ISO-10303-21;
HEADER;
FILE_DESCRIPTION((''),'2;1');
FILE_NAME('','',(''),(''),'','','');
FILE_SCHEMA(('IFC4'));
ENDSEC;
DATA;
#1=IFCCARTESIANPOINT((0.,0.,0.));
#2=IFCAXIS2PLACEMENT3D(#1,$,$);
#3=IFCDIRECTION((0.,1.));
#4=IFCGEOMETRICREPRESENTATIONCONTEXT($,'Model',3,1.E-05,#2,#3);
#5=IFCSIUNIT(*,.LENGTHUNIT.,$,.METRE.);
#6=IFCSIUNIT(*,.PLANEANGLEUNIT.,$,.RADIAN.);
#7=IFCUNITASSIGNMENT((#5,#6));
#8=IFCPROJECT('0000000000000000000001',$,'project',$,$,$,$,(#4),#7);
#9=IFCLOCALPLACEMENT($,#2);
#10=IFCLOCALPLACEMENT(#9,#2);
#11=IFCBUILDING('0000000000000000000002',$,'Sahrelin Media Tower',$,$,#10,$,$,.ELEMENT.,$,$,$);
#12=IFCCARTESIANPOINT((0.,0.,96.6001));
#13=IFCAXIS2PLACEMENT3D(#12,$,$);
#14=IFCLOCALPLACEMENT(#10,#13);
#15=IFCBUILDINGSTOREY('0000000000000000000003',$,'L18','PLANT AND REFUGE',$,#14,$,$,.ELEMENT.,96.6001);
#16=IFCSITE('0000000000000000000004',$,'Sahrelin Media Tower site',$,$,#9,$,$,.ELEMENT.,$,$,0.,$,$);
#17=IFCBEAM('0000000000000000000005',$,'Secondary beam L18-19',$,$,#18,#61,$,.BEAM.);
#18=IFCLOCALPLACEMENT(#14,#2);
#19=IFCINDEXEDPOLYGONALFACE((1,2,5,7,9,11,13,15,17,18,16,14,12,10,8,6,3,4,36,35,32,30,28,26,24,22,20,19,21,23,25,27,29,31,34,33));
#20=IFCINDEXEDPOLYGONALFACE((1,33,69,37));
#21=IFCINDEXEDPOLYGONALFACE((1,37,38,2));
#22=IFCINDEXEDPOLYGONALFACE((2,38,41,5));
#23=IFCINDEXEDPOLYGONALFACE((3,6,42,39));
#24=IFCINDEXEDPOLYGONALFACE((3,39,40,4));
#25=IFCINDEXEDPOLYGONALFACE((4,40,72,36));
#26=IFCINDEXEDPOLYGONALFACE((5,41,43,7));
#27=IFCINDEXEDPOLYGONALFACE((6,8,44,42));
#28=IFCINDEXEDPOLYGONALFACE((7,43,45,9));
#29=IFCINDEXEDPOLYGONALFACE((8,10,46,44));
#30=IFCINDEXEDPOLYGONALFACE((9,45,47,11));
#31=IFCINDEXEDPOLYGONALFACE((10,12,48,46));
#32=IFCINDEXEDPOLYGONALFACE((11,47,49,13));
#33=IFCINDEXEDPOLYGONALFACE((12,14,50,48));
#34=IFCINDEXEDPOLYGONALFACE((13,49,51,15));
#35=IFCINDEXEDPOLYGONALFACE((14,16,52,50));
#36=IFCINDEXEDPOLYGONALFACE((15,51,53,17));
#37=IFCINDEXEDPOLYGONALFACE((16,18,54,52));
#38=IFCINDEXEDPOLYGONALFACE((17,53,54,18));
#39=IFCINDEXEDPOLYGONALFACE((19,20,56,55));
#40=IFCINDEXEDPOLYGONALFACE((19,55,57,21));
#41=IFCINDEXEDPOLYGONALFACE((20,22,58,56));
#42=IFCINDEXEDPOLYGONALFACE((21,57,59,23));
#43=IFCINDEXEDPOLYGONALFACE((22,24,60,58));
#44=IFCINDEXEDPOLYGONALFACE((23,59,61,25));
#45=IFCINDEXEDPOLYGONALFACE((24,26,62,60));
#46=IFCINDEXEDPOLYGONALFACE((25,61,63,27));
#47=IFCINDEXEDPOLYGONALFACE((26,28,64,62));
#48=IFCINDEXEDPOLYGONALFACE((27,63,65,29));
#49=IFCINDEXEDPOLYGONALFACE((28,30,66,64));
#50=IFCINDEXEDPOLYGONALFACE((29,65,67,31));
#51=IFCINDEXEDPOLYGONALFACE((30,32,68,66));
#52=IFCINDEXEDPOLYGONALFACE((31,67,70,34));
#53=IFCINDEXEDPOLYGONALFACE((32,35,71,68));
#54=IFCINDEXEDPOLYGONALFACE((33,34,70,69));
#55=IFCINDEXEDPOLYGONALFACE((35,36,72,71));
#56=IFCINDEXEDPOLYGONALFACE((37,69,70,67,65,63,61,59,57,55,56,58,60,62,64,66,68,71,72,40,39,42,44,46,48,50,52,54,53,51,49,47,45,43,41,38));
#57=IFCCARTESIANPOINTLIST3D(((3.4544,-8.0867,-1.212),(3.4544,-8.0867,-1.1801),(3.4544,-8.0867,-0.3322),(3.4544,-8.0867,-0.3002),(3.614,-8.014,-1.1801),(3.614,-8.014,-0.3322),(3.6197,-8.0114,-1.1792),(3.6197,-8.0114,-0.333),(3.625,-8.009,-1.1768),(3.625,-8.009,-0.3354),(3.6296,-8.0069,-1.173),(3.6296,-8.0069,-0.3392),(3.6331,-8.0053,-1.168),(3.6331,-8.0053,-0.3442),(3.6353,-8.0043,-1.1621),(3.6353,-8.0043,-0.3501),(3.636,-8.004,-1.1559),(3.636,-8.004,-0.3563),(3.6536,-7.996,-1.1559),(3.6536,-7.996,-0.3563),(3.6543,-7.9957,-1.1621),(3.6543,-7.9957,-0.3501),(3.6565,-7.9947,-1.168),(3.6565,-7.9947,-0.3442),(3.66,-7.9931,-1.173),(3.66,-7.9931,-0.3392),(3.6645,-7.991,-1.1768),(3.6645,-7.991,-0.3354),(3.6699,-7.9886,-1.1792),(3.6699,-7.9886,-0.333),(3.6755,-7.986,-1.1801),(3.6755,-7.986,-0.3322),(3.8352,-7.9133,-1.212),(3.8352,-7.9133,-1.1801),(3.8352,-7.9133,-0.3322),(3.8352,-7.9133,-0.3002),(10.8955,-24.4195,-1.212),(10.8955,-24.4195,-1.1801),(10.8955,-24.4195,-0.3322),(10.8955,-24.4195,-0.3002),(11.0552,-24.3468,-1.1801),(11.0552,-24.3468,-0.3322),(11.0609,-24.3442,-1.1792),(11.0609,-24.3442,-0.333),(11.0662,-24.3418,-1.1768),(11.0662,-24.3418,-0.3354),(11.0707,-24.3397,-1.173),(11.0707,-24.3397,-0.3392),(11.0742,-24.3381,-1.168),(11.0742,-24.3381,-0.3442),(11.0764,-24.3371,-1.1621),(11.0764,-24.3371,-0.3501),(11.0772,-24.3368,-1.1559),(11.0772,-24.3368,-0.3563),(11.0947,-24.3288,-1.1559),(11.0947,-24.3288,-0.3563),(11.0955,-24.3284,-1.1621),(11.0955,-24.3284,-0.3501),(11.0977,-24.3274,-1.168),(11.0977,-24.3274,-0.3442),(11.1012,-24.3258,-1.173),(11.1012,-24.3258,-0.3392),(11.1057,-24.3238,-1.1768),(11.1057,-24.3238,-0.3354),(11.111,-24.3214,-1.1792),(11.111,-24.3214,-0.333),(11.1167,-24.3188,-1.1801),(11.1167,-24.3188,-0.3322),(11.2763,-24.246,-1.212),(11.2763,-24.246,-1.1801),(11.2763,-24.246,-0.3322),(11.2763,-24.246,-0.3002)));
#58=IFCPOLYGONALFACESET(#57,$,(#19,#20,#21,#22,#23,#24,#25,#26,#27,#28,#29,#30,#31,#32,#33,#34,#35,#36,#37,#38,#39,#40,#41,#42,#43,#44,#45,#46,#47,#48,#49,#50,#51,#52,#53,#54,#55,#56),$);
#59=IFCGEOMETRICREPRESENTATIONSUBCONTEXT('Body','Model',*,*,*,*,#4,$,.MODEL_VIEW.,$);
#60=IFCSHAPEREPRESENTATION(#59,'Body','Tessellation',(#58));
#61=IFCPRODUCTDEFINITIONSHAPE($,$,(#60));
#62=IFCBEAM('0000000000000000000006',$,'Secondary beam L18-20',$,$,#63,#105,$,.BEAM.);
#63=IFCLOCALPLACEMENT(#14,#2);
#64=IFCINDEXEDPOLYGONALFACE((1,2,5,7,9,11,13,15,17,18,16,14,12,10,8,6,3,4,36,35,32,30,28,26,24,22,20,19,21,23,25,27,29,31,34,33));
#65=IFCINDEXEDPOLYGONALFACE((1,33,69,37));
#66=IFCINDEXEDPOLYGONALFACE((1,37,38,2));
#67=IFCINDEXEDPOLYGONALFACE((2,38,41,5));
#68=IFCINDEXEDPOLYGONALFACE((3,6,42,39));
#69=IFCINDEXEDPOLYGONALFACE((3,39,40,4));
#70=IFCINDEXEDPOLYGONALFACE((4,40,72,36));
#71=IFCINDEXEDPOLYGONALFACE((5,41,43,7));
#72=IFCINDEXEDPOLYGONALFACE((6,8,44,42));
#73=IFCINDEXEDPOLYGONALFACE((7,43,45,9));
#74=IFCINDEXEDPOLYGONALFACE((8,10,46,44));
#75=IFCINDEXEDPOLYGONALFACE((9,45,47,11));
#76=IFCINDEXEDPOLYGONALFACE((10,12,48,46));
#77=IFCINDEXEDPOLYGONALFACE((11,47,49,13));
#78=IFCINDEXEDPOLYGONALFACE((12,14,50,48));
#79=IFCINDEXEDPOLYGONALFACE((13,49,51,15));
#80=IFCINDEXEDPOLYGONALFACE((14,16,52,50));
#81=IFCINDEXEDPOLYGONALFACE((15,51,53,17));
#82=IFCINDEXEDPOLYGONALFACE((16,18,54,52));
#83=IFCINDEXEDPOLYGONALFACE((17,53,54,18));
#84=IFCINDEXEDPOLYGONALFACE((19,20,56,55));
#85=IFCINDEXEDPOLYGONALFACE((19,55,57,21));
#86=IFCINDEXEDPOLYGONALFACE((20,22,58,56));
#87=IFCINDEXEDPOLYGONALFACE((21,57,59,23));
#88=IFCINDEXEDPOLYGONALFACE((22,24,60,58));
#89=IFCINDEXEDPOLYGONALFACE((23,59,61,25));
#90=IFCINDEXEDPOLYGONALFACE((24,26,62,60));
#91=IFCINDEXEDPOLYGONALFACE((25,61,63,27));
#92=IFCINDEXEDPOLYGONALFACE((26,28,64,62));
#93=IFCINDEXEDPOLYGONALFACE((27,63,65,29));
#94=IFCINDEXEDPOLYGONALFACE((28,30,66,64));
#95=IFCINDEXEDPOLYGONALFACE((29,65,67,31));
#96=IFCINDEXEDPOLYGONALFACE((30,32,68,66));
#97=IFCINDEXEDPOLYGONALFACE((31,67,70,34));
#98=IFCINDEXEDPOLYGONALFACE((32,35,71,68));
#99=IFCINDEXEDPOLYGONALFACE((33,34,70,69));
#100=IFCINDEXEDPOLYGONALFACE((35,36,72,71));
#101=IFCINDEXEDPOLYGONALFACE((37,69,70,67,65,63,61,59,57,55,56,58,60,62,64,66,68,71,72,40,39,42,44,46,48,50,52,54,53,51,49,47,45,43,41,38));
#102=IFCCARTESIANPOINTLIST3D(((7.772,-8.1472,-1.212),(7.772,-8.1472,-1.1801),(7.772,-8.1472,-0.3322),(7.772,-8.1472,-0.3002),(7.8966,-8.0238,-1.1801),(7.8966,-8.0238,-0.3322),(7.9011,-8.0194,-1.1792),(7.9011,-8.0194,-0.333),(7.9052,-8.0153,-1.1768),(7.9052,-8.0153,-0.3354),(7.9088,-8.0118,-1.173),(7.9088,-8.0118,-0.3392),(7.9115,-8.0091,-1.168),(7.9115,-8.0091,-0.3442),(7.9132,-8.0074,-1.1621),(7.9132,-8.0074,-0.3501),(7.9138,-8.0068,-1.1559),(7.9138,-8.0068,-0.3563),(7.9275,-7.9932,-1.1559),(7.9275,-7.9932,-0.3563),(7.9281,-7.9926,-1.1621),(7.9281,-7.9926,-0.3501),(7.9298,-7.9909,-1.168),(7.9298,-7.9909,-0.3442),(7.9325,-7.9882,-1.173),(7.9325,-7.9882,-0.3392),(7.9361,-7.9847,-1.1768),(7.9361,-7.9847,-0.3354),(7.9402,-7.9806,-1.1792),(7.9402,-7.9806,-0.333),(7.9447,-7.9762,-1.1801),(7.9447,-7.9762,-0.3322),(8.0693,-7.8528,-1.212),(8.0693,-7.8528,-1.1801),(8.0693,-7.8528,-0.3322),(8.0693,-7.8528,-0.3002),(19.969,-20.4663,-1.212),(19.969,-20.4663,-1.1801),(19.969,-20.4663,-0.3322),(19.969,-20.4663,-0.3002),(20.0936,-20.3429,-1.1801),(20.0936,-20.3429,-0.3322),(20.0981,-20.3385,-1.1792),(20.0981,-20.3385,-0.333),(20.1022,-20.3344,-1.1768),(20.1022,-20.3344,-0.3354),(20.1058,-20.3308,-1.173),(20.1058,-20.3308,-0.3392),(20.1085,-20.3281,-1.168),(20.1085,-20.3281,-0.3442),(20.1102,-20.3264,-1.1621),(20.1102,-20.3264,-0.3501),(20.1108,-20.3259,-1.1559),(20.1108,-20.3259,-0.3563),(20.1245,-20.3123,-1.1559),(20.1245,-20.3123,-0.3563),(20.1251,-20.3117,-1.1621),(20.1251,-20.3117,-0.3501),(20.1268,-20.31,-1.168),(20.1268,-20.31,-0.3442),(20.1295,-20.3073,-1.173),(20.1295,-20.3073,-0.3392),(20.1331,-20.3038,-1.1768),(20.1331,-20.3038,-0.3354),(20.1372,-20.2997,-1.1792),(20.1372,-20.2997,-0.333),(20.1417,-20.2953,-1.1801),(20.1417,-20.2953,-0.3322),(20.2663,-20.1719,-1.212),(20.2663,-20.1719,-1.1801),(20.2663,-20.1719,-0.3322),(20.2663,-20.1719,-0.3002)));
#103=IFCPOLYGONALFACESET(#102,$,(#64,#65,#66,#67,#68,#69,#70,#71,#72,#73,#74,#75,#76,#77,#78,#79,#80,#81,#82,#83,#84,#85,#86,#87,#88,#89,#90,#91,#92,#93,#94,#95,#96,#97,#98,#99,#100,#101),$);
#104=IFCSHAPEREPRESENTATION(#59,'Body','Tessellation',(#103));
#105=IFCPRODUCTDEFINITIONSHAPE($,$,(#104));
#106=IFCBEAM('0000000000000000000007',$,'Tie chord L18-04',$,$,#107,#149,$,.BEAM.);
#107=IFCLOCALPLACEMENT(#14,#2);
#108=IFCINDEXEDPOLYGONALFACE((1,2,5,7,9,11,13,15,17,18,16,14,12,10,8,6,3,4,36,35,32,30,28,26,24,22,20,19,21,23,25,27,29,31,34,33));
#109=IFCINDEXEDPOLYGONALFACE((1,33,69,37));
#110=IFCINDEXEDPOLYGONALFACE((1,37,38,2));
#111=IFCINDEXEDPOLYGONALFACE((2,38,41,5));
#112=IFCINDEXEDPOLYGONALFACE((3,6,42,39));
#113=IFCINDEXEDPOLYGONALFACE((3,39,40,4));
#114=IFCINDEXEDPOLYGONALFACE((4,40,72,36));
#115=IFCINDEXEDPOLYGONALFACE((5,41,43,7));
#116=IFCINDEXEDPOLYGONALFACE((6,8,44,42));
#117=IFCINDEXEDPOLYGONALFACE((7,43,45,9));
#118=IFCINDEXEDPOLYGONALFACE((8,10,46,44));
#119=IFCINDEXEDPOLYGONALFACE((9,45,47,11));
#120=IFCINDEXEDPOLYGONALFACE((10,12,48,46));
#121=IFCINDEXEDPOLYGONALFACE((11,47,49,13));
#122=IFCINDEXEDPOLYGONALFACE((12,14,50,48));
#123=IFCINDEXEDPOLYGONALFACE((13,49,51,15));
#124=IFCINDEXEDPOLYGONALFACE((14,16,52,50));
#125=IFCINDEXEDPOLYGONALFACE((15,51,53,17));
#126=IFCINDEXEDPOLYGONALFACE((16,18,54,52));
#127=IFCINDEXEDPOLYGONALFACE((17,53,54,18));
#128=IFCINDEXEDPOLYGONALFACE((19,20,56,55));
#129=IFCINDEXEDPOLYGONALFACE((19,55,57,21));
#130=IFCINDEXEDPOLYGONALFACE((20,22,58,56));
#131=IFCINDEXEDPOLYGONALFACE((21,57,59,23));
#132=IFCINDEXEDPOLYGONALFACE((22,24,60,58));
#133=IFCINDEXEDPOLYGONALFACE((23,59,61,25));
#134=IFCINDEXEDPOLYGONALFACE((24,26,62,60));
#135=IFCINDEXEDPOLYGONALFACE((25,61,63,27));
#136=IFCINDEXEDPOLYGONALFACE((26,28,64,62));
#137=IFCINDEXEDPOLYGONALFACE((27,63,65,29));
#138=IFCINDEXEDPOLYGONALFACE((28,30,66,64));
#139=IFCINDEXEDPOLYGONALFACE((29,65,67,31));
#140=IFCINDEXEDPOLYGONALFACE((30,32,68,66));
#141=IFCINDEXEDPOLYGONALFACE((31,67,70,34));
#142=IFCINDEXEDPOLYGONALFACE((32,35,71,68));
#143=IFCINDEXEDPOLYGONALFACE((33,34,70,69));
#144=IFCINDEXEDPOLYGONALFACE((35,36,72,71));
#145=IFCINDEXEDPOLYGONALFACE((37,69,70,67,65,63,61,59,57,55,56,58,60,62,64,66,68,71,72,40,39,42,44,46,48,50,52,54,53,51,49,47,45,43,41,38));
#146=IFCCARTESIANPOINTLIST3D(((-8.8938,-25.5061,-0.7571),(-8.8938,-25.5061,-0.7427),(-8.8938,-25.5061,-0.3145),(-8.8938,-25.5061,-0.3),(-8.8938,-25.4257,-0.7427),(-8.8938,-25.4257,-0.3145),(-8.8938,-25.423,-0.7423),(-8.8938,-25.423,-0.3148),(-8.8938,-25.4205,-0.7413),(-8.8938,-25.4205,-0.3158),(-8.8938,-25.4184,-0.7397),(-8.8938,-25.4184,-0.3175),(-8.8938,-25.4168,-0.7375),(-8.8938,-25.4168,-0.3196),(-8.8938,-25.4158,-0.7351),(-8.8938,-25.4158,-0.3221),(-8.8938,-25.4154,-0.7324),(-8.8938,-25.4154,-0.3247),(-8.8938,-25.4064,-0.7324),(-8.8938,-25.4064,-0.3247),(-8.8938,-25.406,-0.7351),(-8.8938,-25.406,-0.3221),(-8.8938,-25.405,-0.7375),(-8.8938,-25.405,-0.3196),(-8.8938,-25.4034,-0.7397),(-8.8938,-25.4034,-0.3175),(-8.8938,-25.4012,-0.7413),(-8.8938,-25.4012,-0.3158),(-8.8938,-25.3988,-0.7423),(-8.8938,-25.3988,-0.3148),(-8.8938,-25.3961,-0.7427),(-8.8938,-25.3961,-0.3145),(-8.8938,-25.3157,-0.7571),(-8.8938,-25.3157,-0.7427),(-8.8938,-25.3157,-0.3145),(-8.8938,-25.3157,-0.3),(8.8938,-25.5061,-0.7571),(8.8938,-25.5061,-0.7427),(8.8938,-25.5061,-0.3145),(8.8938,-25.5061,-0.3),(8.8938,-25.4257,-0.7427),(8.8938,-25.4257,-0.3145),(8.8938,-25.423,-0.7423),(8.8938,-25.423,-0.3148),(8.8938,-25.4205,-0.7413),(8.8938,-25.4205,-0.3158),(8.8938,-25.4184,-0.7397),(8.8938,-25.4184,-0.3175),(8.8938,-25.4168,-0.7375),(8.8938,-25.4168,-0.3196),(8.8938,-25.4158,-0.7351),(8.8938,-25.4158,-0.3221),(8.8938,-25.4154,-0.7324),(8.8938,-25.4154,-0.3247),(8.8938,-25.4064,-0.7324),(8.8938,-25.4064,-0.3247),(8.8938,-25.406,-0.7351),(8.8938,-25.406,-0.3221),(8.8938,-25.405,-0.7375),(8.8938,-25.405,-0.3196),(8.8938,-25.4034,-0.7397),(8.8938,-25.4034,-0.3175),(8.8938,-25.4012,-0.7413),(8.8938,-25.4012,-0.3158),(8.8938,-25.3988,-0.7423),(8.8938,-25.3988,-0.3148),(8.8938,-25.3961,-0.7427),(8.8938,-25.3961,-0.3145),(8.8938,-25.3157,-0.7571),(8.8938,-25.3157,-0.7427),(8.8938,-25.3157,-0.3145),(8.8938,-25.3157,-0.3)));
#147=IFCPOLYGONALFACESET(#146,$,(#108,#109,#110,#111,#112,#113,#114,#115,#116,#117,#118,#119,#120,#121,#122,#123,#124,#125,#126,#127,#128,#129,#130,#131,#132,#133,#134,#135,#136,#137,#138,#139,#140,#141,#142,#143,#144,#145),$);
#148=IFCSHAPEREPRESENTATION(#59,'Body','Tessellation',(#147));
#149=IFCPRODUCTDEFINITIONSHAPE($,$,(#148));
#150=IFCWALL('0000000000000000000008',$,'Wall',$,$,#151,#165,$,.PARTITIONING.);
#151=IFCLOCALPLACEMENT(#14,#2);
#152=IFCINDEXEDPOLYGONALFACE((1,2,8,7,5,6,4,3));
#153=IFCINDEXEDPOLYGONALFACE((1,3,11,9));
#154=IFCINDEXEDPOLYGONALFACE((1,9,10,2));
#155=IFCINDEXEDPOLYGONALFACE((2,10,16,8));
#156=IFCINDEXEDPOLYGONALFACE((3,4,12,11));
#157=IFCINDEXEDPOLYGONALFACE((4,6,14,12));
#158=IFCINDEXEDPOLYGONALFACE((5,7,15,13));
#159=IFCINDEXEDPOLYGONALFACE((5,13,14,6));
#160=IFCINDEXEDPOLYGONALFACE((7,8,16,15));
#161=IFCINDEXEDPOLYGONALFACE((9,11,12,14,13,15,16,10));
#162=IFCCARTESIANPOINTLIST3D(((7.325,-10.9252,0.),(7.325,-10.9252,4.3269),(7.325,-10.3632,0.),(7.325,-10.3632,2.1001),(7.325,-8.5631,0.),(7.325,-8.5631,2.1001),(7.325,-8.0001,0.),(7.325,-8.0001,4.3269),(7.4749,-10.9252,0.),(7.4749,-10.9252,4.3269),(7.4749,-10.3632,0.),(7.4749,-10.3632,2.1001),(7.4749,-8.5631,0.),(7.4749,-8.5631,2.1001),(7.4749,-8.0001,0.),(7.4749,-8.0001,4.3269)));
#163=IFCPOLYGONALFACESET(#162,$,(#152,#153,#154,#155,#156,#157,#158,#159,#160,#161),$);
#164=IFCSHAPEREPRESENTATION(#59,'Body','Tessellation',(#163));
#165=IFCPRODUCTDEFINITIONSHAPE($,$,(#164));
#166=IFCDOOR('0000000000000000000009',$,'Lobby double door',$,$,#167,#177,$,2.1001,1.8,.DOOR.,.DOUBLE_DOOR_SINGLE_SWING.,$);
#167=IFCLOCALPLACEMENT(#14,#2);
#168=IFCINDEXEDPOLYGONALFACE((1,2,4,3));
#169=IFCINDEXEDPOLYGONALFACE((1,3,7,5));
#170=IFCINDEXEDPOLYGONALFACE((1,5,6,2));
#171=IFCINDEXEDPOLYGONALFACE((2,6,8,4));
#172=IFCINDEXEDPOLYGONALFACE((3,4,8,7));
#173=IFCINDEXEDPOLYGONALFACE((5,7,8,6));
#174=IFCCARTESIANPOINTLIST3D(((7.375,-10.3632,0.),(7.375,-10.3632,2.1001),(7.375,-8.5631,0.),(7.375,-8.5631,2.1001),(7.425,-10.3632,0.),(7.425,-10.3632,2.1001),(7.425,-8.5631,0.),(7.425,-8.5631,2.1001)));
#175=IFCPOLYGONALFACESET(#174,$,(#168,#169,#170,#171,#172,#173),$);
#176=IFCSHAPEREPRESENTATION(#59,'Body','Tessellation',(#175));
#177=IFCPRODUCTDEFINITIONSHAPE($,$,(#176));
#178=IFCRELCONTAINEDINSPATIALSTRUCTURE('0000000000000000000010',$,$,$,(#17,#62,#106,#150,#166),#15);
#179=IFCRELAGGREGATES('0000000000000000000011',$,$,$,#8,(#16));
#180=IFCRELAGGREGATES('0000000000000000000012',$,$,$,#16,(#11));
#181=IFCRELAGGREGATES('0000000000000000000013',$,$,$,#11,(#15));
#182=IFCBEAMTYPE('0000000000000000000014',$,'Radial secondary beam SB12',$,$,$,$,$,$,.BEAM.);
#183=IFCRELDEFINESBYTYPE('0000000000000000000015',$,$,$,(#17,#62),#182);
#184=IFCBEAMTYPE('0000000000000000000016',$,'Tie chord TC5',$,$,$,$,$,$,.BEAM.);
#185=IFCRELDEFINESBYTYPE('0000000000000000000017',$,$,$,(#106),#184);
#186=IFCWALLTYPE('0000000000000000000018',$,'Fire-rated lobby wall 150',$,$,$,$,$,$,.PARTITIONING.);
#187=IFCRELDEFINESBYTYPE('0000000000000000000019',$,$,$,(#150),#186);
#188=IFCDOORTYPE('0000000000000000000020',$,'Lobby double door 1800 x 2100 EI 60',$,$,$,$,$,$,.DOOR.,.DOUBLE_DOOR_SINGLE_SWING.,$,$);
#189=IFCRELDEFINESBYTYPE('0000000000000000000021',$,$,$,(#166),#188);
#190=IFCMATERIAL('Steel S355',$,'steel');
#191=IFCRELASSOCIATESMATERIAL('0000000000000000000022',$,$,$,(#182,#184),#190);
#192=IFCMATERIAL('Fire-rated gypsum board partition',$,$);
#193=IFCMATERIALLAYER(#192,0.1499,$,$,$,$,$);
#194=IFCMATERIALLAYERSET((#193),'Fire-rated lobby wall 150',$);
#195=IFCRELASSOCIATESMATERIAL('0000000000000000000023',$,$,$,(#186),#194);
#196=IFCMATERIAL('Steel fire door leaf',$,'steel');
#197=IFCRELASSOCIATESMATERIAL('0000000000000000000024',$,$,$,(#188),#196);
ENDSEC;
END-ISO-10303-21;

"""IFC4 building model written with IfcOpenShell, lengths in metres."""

from ifc_helpers import new_model, si_unit, direction, frame, frame_2d, origin, origin_2d, place, context, subcontext, project, spatial, rectangle, i_section, extrude, material, layer, layer_set, material_profile, profile_set, type_object, element, fill, save


model = new_model("IFC4")

# Units and contexts
model_context = context("Model", 3, precision=1e-05, world=origin(), true_north=direction((0.0, 1.0)))
body_context = subcontext(model_context, "Body", "Model", "MODEL_VIEW")
ifc_project = project(units=[si_unit("LENGTHUNIT", "METRE"), si_unit("PLANEANGLEUNIT", "RADIAN")], contexts=[model_context])

# Site, building, storey
site_placement = place(None, origin())
site = spatial("IfcSite", under=ifc_project, at=site_placement, Name="Sahrelin Media Tower site", CompositionType="ELEMENT", RefElevation=0.0)
building_placement = place(site_placement, origin())
building = spatial("IfcBuilding", under=site, at=building_placement, Name="Sahrelin Media Tower", CompositionType="ELEMENT")
storey_placement = place(building_placement, frame((0.0, 0.0, 96.6001)))
storey = spatial("IfcBuildingStorey", under=building, at=storey_placement, Name="L18", Description="PLANT AND REFUGE", CompositionType="ELEMENT", Elevation=96.6001)

# Beams
ifc_material_1 = material(Name="Steel S355", Category="steel")
ifc_material_profile_1 = material_profile(ifc_material_1, i_section(OverallWidth=0.4185, OverallDepth=0.9119, WebThickness=0.0193, FlangeThickness=0.032, FilletRadius=0.0242, at=origin_2d()), Name="UB 914x419x343")
ifc_profile_set_1 = profile_set([ifc_material_profile_1], Name="Steel S355")
beam_type_1 = type_object("IfcBeamType", Name="Radial secondary beam SB12", PredefinedType="BEAM", material=ifc_profile_set_1)
beam_1_placement = place(storey_placement, frame((3.6448, -8.0, -0.7561), z_axis=(0.414596, -0.910006, 0.0), x_axis=(0.910006, 0.414596, 0.0)))
element("IfcBeam", 1, at=beam_1_placement, inside=storey, type_object=beam_type_1, Name="Secondary beam L18-19", PredefinedType="BEAM", context=body_context, shape_type="SweptSolid", body=[
    extrude(i_section(OverallWidth=0.4185, OverallDepth=0.9119, WebThickness=0.0193, FlangeThickness=0.032, FilletRadius=0.0242, at=origin_2d()), origin(), (0.0, 0.0, 1.0), 17.948),
])
beam_2_placement = place(storey_placement, frame((7.9207, -8.0, -0.7561), z_axis=(0.703577, -0.710619, 0.0), x_axis=(0.710619, 0.703577, 0.0)))
element("IfcBeam", 2, at=beam_2_placement, inside=storey, type_object=beam_type_1, Name="Secondary beam L18-20", PredefinedType="BEAM", context=body_context, shape_type="SweptSolid", body=[
    extrude(i_section(OverallWidth=0.4185, OverallDepth=0.9119, WebThickness=0.0193, FlangeThickness=0.032, FilletRadius=0.0242, at=origin_2d()), origin(), (0.0, 0.0, 1.0), 17.3357),
])
ifc_material_profile_2 = material_profile(ifc_material_1, i_section(OverallWidth=0.1904, OverallDepth=0.457, WebThickness=0.009, FlangeThickness=0.0144, FilletRadius=0.0103, at=origin_2d()), Name="UB 457x191x74")
ifc_profile_set_2 = profile_set([ifc_material_profile_2], Name="Steel S355")
beam_type_2 = type_object("IfcBeamType", Name="Tie chord TC5", PredefinedType="BEAM", material=ifc_profile_set_2)
beam_3_placement = place(storey_placement, frame((8.8938, -25.4109, -0.5286), z_axis=(-1.0, 0.0, 0.0), x_axis=(0.0, -1.0, 0.0)))
element("IfcBeam", 3, at=beam_3_placement, inside=storey, type_object=beam_type_2, Name="Tie chord L18-04", PredefinedType="BEAM", context=body_context, shape_type="SweptSolid", body=[
    extrude(i_section(OverallWidth=0.1904, OverallDepth=0.457, WebThickness=0.009, FlangeThickness=0.0144, FilletRadius=0.0103, at=origin_2d()), origin(), (0.0, 0.0, 1.0), 17.7876),
])

# Wall, opening, door
ifc_material_2 = material(Name="Fire-rated gypsum board partition")
ifc_layer_1 = layer(ifc_material_2, 0.1499)
ifc_layer_set_1 = layer_set([ifc_layer_1], Name="Fire-rated lobby wall 150")
wall_type_1 = type_object("IfcWallType", Name="Fire-rated lobby wall 150", PredefinedType="PARTITIONING", material=ifc_layer_set_1)
wall_1_placement = place(storey_placement, frame((7.3999, -10.925, 0.0), z_axis=(0.0, 0.0, 1.0), x_axis=(0.0, 1.0, 0.0)))
wall_1 = element("IfcWall", 4, at=wall_1_placement, inside=storey, type_object=wall_type_1, Name="Wall", PredefinedType="PARTITIONING", context=body_context, shape_type="SweptSolid", body=[
    extrude(rectangle(XDim=2.925, YDim=0.1499, at=frame_2d((1.4624, 0.0))), origin(), (0.0, 0.0, 1.0), 4.3269),
])
opening_1_placement = place(wall_1_placement, frame((0.562, 0.0, 0.0)))
opening_1 = element("IfcOpeningElement", 5, at=opening_1_placement, cuts=wall_1, PredefinedType="OPENING", context=body_context, shape_type="SweptSolid", body=[
    extrude(rectangle(XDim=1.8, YDim=2.1001, at=frame_2d((0.8999, 1.05))), frame((0.0, 0.075, 0.0), z_axis=(0.0, -1.0, 0.0), x_axis=(1.0, 0.0, 0.0)), (0.0, 0.0, 1.0), 0.1499),
])
ifc_material_3 = material(Name="Steel fire door leaf", Category="steel")
door_type_1 = type_object("IfcDoorType", Name="Lobby double door 1800 x 2100 EI 60", OperationType="DOUBLE_DOOR_SINGLE_SWING", PredefinedType="DOOR", material=ifc_material_3)
door_1_placement = place(opening_1_placement, origin())
door_1 = element("IfcDoor", 6, at=door_1_placement, inside=storey, type_object=door_type_1, Name="Lobby double door", OperationType="DOUBLE_DOOR_SINGLE_SWING", OverallHeight=2.1001, OverallWidth=1.8, PredefinedType="DOOR", context=body_context, shape_type="SweptSolid", body=[
    extrude(rectangle(XDim=1.8, YDim=2.1001, at=frame_2d((0.8999, 1.05))), frame((0.0, 0.0249, 0.0), z_axis=(0.0, -1.0, 0.0), x_axis=(1.0, 0.0, 0.0)), (0.0, 0.0, 1.0), 0.05),
])
fill(opening_1, door_1)

save(model, "model.ifc")
